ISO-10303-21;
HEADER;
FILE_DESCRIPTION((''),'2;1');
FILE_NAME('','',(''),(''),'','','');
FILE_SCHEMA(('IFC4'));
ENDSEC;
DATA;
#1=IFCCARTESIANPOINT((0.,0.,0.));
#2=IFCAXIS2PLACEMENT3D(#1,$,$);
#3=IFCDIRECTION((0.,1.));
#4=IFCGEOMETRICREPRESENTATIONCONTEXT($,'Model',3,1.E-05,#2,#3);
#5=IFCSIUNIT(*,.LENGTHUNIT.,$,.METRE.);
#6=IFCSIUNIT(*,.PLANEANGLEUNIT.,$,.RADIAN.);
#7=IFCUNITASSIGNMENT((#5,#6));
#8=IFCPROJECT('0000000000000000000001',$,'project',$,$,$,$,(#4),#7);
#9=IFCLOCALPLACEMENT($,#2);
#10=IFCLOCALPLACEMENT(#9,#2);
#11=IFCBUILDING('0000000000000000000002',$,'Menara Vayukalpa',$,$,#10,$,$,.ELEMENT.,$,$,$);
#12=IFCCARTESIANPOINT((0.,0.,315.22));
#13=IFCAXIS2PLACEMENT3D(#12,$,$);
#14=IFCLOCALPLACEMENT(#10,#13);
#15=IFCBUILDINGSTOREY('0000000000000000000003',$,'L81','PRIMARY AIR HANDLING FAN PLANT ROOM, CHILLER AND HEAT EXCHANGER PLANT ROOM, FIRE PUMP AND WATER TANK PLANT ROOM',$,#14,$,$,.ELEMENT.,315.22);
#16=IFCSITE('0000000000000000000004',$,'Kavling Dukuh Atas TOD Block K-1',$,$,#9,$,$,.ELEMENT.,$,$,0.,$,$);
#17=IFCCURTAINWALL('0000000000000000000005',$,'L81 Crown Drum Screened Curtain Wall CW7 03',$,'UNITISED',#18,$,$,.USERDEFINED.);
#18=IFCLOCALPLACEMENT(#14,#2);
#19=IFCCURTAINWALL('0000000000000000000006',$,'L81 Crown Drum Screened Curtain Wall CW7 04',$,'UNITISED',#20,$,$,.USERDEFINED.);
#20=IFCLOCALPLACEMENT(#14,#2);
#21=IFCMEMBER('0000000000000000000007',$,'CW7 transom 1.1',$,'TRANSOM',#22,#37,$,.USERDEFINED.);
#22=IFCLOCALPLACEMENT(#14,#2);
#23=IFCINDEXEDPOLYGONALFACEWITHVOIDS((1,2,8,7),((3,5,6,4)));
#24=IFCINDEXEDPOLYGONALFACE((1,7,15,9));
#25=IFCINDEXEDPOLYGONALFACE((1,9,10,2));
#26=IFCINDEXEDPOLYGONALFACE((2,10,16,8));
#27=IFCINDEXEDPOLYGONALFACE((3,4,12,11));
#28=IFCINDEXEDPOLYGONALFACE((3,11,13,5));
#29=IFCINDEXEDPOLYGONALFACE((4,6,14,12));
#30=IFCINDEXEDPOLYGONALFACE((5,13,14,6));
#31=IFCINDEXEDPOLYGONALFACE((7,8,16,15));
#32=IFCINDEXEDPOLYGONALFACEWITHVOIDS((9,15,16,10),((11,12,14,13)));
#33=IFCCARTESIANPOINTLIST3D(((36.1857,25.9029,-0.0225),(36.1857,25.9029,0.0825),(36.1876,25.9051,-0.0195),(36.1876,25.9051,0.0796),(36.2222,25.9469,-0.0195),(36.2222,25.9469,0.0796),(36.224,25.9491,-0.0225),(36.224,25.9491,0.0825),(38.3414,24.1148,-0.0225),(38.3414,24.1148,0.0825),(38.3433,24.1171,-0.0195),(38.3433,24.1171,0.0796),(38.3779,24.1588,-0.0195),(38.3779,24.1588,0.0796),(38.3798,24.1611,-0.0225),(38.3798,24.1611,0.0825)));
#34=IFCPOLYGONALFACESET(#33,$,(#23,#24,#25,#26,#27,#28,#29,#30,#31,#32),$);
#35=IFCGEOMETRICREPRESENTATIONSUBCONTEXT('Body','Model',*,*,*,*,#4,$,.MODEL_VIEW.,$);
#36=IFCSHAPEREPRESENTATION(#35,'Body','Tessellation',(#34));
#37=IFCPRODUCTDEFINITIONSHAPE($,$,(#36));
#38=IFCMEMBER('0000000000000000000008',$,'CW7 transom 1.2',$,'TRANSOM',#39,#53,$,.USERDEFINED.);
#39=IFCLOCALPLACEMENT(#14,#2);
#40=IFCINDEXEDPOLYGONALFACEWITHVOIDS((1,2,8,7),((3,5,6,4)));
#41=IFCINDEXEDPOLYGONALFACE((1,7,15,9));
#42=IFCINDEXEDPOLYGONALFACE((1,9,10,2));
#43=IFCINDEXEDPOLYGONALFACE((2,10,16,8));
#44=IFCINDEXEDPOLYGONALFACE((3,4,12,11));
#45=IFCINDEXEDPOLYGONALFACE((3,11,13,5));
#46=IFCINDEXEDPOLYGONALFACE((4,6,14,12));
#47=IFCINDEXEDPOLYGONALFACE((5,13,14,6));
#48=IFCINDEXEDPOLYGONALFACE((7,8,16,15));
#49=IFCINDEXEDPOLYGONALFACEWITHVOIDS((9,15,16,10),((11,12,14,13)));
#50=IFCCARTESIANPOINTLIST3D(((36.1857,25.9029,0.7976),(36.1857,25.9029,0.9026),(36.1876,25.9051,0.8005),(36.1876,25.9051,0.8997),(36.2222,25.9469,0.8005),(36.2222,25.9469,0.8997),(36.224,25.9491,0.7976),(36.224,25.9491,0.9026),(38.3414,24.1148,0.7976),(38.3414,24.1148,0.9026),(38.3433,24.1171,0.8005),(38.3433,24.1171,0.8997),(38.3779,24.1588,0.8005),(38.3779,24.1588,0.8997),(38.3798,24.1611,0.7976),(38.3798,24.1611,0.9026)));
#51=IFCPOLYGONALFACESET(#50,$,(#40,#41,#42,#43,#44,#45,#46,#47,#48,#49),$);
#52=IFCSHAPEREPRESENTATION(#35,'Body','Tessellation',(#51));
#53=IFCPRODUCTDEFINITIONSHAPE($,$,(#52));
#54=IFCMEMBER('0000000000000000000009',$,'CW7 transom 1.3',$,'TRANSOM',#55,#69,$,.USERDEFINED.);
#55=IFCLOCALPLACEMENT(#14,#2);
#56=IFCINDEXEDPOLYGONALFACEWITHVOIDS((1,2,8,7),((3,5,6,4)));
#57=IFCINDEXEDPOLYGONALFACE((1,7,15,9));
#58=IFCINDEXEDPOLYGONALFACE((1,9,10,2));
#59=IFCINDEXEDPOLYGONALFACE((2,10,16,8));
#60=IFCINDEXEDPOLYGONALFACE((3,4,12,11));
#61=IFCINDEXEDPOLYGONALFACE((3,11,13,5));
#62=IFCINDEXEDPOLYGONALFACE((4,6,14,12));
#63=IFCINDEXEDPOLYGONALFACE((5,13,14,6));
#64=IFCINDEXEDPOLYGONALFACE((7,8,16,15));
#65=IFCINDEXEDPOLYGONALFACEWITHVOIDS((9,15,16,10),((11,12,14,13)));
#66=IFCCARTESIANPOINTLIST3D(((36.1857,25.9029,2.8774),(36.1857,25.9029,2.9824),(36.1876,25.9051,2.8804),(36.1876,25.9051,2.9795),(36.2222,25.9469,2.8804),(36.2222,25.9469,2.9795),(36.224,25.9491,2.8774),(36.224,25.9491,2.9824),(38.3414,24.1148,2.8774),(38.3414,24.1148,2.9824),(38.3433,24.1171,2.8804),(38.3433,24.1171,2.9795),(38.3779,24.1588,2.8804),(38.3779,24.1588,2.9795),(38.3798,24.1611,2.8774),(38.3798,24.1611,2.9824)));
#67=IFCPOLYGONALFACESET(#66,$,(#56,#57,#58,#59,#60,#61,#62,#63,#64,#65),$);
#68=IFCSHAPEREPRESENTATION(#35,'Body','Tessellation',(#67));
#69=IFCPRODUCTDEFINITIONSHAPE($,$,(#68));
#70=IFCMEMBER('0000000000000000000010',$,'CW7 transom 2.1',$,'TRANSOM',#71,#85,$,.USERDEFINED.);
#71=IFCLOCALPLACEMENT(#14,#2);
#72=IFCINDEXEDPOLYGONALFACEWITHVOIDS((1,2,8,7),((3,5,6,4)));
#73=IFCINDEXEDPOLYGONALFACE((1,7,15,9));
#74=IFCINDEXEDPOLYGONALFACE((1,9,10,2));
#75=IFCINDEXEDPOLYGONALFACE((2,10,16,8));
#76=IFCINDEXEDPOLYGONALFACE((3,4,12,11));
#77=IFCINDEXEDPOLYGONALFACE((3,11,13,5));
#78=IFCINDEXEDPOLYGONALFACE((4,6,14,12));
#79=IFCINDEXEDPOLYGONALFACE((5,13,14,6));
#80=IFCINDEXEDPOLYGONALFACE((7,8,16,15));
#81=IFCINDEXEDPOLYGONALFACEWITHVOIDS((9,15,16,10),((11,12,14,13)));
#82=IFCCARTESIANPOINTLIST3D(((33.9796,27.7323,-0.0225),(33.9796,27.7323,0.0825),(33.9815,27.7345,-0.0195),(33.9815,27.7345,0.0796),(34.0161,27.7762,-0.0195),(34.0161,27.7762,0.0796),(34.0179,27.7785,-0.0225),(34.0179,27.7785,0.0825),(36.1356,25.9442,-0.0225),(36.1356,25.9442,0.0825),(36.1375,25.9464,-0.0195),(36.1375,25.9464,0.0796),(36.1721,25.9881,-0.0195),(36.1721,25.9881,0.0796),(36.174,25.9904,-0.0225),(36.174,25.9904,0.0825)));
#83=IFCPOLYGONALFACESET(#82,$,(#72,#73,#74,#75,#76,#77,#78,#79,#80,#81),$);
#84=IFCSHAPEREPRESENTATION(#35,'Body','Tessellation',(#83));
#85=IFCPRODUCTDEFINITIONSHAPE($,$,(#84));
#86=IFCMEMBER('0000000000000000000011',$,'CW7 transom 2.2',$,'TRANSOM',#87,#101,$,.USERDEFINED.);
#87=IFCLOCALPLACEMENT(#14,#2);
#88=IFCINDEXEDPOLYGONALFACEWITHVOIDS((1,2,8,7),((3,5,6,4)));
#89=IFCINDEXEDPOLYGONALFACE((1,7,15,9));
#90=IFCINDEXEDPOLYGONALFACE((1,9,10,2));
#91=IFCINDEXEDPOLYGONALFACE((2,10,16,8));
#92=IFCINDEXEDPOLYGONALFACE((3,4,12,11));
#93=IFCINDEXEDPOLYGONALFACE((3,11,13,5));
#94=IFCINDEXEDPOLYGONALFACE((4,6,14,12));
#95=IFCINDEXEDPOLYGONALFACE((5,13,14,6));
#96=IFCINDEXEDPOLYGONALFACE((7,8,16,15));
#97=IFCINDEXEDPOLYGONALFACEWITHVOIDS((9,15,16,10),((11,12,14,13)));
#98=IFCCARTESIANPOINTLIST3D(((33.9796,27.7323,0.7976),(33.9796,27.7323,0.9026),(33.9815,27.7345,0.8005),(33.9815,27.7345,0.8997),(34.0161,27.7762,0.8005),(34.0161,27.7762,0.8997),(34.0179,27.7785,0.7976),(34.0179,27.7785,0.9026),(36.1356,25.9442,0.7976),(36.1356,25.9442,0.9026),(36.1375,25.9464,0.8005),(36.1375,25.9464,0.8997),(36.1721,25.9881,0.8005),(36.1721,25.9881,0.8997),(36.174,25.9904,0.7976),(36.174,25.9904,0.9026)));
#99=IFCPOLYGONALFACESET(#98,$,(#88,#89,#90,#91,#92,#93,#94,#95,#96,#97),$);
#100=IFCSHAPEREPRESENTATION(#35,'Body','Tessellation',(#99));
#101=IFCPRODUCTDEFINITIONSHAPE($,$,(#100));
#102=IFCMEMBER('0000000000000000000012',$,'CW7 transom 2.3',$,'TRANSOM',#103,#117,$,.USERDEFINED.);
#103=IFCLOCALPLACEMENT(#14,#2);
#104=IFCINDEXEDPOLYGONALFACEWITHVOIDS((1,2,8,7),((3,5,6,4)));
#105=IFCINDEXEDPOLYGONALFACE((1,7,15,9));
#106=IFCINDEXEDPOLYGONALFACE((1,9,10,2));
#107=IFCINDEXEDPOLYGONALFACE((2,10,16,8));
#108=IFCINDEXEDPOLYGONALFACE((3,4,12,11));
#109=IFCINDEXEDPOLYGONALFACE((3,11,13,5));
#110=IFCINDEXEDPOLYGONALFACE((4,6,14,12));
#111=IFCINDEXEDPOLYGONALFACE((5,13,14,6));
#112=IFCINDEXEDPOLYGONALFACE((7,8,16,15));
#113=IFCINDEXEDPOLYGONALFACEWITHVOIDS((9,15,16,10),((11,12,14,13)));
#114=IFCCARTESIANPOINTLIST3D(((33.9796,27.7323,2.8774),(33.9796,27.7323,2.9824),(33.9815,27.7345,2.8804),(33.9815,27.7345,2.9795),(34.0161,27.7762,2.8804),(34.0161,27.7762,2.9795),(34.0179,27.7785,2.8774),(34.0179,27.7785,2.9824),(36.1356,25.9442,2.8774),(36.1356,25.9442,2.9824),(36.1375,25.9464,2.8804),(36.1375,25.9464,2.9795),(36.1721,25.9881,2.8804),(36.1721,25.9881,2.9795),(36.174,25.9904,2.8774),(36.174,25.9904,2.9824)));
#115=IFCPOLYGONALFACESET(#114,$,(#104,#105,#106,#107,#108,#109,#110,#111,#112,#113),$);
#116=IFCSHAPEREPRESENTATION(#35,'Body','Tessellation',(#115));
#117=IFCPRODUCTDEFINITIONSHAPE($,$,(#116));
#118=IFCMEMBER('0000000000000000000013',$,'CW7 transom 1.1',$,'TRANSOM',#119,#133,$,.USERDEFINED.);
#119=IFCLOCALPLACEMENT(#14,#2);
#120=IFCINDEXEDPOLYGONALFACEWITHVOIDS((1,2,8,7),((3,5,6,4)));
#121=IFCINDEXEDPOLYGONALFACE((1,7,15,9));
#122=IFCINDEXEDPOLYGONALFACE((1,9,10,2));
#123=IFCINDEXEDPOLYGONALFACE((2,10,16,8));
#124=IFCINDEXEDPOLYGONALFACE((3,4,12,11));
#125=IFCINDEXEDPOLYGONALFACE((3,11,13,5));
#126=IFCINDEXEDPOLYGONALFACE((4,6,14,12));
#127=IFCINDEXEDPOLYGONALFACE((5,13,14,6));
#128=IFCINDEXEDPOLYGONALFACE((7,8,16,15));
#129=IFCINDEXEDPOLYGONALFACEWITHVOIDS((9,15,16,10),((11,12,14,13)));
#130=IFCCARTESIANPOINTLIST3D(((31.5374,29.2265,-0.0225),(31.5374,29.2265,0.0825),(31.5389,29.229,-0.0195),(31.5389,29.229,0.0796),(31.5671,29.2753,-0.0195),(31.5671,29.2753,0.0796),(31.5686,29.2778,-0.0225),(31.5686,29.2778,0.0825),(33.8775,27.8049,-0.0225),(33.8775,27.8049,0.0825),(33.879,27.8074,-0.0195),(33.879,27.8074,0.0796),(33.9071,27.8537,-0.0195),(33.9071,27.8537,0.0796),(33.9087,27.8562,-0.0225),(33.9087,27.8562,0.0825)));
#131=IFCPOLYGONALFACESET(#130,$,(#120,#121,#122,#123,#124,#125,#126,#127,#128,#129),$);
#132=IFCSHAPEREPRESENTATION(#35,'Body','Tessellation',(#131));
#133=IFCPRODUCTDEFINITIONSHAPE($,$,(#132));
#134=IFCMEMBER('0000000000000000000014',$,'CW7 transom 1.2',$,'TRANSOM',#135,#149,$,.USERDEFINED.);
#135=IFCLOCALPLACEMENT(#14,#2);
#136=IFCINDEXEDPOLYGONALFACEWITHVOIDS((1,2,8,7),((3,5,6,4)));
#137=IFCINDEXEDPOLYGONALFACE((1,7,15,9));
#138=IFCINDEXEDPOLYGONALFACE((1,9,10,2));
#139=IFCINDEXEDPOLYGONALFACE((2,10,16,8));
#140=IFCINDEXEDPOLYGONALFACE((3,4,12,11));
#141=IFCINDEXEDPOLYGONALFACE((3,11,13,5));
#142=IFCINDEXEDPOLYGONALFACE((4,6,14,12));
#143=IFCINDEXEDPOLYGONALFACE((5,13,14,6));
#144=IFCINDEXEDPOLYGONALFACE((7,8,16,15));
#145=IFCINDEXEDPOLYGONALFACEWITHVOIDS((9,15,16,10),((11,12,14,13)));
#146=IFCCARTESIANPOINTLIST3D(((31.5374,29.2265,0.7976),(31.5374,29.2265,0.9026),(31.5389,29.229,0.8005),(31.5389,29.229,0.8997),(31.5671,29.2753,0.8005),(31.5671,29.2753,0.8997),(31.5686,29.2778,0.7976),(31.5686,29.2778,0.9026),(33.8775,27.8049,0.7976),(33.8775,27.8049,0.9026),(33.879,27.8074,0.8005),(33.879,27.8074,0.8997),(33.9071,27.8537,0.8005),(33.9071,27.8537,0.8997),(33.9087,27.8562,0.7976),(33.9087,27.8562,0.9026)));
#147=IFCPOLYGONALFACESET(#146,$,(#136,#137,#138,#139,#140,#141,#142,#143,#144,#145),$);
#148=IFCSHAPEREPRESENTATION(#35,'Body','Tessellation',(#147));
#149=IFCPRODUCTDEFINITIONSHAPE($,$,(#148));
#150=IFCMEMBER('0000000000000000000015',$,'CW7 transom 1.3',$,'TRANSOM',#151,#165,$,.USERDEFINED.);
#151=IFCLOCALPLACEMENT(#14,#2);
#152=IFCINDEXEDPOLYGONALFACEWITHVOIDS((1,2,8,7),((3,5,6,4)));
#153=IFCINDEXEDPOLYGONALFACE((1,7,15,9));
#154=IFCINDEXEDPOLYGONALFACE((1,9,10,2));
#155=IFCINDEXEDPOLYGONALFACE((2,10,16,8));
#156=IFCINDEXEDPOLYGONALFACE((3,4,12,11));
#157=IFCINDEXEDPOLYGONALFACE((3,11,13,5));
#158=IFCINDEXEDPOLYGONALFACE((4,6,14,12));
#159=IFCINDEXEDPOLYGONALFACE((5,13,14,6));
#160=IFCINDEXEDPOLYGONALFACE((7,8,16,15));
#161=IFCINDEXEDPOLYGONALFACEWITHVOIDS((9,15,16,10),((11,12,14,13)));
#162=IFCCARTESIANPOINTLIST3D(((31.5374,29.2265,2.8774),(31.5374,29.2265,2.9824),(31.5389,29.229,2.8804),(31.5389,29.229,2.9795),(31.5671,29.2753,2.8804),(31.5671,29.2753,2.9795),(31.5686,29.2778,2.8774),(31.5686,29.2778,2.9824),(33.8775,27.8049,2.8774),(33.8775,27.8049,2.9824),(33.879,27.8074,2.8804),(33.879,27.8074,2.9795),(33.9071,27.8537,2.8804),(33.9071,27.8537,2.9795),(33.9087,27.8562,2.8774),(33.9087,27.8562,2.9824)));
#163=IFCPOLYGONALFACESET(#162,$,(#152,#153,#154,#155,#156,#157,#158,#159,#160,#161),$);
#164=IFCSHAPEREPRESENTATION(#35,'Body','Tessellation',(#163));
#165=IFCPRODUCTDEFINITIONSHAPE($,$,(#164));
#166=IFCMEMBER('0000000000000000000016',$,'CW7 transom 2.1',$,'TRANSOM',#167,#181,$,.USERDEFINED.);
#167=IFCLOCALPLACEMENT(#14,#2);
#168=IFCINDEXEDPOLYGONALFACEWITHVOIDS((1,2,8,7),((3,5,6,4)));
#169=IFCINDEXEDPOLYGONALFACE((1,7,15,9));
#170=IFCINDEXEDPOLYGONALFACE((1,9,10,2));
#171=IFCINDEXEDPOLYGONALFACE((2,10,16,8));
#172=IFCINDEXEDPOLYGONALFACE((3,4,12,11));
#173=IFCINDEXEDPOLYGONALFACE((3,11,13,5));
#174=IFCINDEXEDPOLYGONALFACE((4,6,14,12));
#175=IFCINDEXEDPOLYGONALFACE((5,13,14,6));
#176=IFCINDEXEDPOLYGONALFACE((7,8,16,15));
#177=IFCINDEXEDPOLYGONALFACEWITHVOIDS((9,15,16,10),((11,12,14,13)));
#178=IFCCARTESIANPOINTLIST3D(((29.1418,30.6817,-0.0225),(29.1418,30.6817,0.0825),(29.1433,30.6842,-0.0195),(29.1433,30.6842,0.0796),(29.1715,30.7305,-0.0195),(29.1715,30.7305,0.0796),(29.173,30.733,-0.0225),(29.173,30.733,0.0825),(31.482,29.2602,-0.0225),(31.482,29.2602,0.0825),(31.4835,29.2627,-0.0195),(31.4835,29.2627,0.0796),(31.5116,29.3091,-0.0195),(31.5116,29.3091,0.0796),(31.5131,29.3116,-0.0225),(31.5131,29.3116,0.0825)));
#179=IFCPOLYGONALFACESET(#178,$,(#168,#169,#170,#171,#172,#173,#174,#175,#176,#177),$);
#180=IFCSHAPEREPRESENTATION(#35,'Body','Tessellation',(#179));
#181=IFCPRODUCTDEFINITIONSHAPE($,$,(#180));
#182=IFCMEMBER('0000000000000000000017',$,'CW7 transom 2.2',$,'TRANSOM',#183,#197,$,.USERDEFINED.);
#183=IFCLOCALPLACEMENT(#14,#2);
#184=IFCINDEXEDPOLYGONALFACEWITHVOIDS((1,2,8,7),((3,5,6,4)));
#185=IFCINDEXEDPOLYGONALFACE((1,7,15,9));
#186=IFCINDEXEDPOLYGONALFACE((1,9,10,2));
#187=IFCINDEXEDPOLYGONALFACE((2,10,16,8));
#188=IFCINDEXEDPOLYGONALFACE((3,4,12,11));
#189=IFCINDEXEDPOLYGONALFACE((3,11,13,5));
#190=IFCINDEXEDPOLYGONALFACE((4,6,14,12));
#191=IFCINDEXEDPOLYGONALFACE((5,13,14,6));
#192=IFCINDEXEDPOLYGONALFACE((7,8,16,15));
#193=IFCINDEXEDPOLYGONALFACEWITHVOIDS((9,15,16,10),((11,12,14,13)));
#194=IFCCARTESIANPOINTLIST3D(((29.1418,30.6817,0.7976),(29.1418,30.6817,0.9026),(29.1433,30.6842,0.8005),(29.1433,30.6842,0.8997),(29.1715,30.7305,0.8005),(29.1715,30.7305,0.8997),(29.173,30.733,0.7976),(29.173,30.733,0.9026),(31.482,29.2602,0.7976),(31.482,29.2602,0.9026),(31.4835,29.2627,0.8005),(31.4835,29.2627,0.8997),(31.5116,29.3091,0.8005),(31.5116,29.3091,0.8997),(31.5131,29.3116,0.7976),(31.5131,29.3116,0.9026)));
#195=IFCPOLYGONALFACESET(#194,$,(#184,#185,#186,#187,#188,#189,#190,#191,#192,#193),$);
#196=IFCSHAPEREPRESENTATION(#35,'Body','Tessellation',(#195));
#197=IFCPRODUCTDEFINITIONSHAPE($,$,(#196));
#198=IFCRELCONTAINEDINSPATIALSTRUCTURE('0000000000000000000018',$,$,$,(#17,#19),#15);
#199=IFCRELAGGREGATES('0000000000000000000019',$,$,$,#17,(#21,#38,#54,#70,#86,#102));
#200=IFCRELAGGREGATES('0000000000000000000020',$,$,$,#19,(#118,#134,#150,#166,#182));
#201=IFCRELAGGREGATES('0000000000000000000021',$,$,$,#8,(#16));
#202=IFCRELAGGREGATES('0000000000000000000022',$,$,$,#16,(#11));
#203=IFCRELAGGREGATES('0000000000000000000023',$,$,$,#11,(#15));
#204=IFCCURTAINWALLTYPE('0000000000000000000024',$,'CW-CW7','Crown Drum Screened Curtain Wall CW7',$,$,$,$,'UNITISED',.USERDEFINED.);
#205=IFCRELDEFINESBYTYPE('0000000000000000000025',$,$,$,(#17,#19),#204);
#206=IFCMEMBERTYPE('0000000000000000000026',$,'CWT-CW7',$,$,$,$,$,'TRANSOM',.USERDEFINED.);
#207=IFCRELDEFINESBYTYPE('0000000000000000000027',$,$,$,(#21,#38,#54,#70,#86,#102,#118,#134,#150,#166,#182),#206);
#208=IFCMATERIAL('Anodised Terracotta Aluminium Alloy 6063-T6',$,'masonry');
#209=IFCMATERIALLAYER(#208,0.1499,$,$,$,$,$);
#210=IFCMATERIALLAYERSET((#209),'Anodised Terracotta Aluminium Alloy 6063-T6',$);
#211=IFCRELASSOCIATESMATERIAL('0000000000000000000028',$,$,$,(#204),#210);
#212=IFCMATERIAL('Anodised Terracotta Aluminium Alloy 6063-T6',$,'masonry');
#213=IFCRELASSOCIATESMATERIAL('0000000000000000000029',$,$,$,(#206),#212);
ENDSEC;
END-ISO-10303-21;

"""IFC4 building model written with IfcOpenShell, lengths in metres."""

from ifc_helpers import new_model, si_unit, direction, frame, origin, origin_2d, place, context, subcontext, project, spatial, hollow_rectangle, extrude, material, layer, layer_set, material_profile, profile_set, type_object, element, aggregate, save


model = new_model("IFC4")

# Units and contexts
model_context = context("Model", 3, precision=1e-05, world=origin(), true_north=direction((0.0, 1.0)))
body_context = subcontext(model_context, "Body", "Model", "MODEL_VIEW")
ifc_project = project(units=[si_unit("LENGTHUNIT", "METRE"), si_unit("PLANEANGLEUNIT", "RADIAN")], contexts=[model_context])

# Site, building, storey
site_placement = place(None, origin())
site = spatial("IfcSite", under=ifc_project, at=site_placement, Name="Kavling Dukuh Atas TOD Block K-1", CompositionType="ELEMENT", RefElevation=0.0)
building_placement = place(site_placement, origin())
building = spatial("IfcBuilding", under=site, at=building_placement, Name="Menara Vayukalpa", CompositionType="ELEMENT")
storey_placement = place(building_placement, frame((0.0, 0.0, 315.22)))
storey = spatial("IfcBuildingStorey", under=building, at=storey_placement, Name="L81", Description="PRIMARY AIR HANDLING FAN PLANT ROOM, CHILLER AND HEAT EXCHANGER PLANT ROOM, FIRE PUMP AND WATER TANK PLANT ROOM", CompositionType="ELEMENT", Elevation=315.22)

# Curtain walls
ifc_material_1 = material(Name="Anodised Terracotta Aluminium Alloy 6063-T6", Category="masonry")
ifc_layer_1 = layer(ifc_material_1, 0.1499)
ifc_layer_set_1 = layer_set([ifc_layer_1], Name="Anodised Terracotta Aluminium Alloy 6063-T6")
curtain_wall_type = type_object("IfcCurtainWallType", Name="CW-CW7", Description="Crown Drum Screened Curtain Wall CW7", ElementType="UNITISED", PredefinedType="USERDEFINED", material=ifc_layer_set_1)
curtain_wall_1_placement = place(storey_placement, origin())
curtain_wall_1 = element("IfcCurtainWall", 1, at=curtain_wall_1_placement, inside=storey, type_object=curtain_wall_type, Name="L81 Crown Drum Screened Curtain Wall CW7 03", ObjectType="UNITISED", PredefinedType="USERDEFINED")
curtain_wall_2_placement = place(storey_placement, origin())
curtain_wall_2 = element("IfcCurtainWall", 2, at=curtain_wall_2_placement, inside=storey, type_object=curtain_wall_type, Name="L81 Crown Drum Screened Curtain Wall CW7 04", ObjectType="UNITISED", PredefinedType="USERDEFINED")

# Members
ifc_material_2 = material(Name="Anodised Terracotta Aluminium Alloy 6063-T6", Category="masonry")
ifc_material_profile_1 = material_profile(ifc_material_2, hollow_rectangle(XDim=0.0601, YDim=0.105, WallThickness=0.0029, at=origin_2d()), Name="ALU 60x105x3")
ifc_profile_set_1 = profile_set([ifc_material_profile_1], Name="Anodised Terracotta Aluminium Alloy 6063-T6")
member_type_1 = type_object("IfcMemberType", Name="CWT-CW7", ElementType="TRANSOM", PredefinedType="USERDEFINED", material=ifc_profile_set_1)
member_1_placement = place(storey_placement, frame((38.3606, 24.1379, 0.03), z_axis=(-0.769691, 0.638416, 0.0), x_axis=(-0.638416, -0.769691, 0.0)))
member_1 = element("IfcMember", 3, at=member_1_placement, type_object=member_type_1, Name="CW7 transom 1.1", ObjectType="TRANSOM", PredefinedType="USERDEFINED", context=body_context, shape_type="SweptSolid", body=[
    extrude(hollow_rectangle(XDim=0.0601, YDim=0.105, WallThickness=0.0029, at=origin_2d()), origin(), (0.0, 0.0, 1.0), 2.8008),
])
member_2_placement = place(storey_placement, frame((38.3606, 24.1379, 0.8501), z_axis=(-0.769691, 0.638416, 0.0), x_axis=(-0.638416, -0.769691, 0.0)))
member_2 = element("IfcMember", 4, at=member_2_placement, type_object=member_type_1, Name="CW7 transom 1.2", ObjectType="TRANSOM", PredefinedType="USERDEFINED", context=body_context, shape_type="SweptSolid", body=[
    extrude(hollow_rectangle(XDim=0.0601, YDim=0.105, WallThickness=0.0029, at=origin_2d()), origin(), (0.0, 0.0, 1.0), 2.8008),
])
member_3_placement = place(storey_placement, frame((38.3606, 24.1379, 2.9299), z_axis=(-0.769691, 0.638416, 0.0), x_axis=(-0.638416, -0.769691, 0.0)))
member_3 = element("IfcMember", 5, at=member_3_placement, type_object=member_type_1, Name="CW7 transom 1.3", ObjectType="TRANSOM", PredefinedType="USERDEFINED", context=body_context, shape_type="SweptSolid", body=[
    extrude(hollow_rectangle(XDim=0.0601, YDim=0.105, WallThickness=0.0029, at=origin_2d()), origin(), (0.0, 0.0, 1.0), 2.8008),
])
member_4_placement = place(storey_placement, frame((36.1548, 25.9673, 0.03), z_axis=(-0.769727, 0.638374, 0.0), x_axis=(-0.638374, -0.769727, 0.0)))
member_4 = element("IfcMember", 6, at=member_4_placement, type_object=member_type_1, Name="CW7 transom 2.1", ObjectType="TRANSOM", PredefinedType="USERDEFINED", context=body_context, shape_type="SweptSolid", body=[
    extrude(hollow_rectangle(XDim=0.0601, YDim=0.105, WallThickness=0.0029, at=origin_2d()), origin(), (0.0, 0.0, 1.0), 2.801),
])
member_5_placement = place(storey_placement, frame((36.1548, 25.9673, 0.8501), z_axis=(-0.769727, 0.638374, 0.0), x_axis=(-0.638374, -0.769727, 0.0)))
member_5 = element("IfcMember", 7, at=member_5_placement, type_object=member_type_1, Name="CW7 transom 2.2", ObjectType="TRANSOM", PredefinedType="USERDEFINED", context=body_context, shape_type="SweptSolid", body=[
    extrude(hollow_rectangle(XDim=0.0601, YDim=0.105, WallThickness=0.0029, at=origin_2d()), origin(), (0.0, 0.0, 1.0), 2.801),
])
member_6_placement = place(storey_placement, frame((36.1548, 25.9673, 2.9299), z_axis=(-0.769727, 0.638374, 0.0), x_axis=(-0.638374, -0.769727, 0.0)))
member_6 = element("IfcMember", 8, at=member_6_placement, type_object=member_type_1, Name="CW7 transom 2.3", ObjectType="TRANSOM", PredefinedType="USERDEFINED", context=body_context, shape_type="SweptSolid", body=[
    extrude(hollow_rectangle(XDim=0.0601, YDim=0.105, WallThickness=0.0029, at=origin_2d()), origin(), (0.0, 0.0, 1.0), 2.801),
])
member_7_placement = place(storey_placement, frame((33.8931, 27.8306, 0.03), z_axis=(-0.854648, 0.519208, 0.0), x_axis=(-0.519208, -0.854648, 0.0)))
member_7 = element("IfcMember", 9, at=member_7_placement, type_object=member_type_1, Name="CW7 transom 1.1", ObjectType="TRANSOM", PredefinedType="USERDEFINED", context=body_context, shape_type="SweptSolid", body=[
    extrude(hollow_rectangle(XDim=0.0601, YDim=0.105, WallThickness=0.0029, at=origin_2d()), origin(), (0.0, 0.0, 1.0), 2.738),
])
member_8_placement = place(storey_placement, frame((33.8931, 27.8306, 0.8501), z_axis=(-0.854648, 0.519208, 0.0), x_axis=(-0.519208, -0.854648, 0.0)))
member_8 = element("IfcMember", 10, at=member_8_placement, type_object=member_type_1, Name="CW7 transom 1.2", ObjectType="TRANSOM", PredefinedType="USERDEFINED", context=body_context, shape_type="SweptSolid", body=[
    extrude(hollow_rectangle(XDim=0.0601, YDim=0.105, WallThickness=0.0029, at=origin_2d()), origin(), (0.0, 0.0, 1.0), 2.738),
])
member_9_placement = place(storey_placement, frame((33.8931, 27.8306, 2.9299), z_axis=(-0.854648, 0.519208, 0.0), x_axis=(-0.519208, -0.854648, 0.0)))
member_9 = element("IfcMember", 11, at=member_9_placement, type_object=member_type_1, Name="CW7 transom 1.3", ObjectType="TRANSOM", PredefinedType="USERDEFINED", context=body_context, shape_type="SweptSolid", body=[
    extrude(hollow_rectangle(XDim=0.0601, YDim=0.105, WallThickness=0.0029, at=origin_2d()), origin(), (0.0, 0.0, 1.0), 2.738),
])
member_10_placement = place(storey_placement, frame((31.4976, 29.2859, 0.03), z_axis=(-0.854687, 0.519143, 0.0), x_axis=(-0.519143, -0.854687, 0.0)))
member_10 = element("IfcMember", 12, at=member_10_placement, type_object=member_type_1, Name="CW7 transom 2.1", ObjectType="TRANSOM", PredefinedType="USERDEFINED", context=body_context, shape_type="SweptSolid", body=[
    extrude(hollow_rectangle(XDim=0.0601, YDim=0.105, WallThickness=0.0029, at=origin_2d()), origin(), (0.0, 0.0, 1.0), 2.738),
])
member_11_placement = place(storey_placement, frame((31.4976, 29.2859, 0.8501), z_axis=(-0.854687, 0.519143, 0.0), x_axis=(-0.519143, -0.854687, 0.0)))
member_11 = element("IfcMember", 13, at=member_11_placement, type_object=member_type_1, Name="CW7 transom 2.2", ObjectType="TRANSOM", PredefinedType="USERDEFINED", context=body_context, shape_type="SweptSolid", body=[
    extrude(hollow_rectangle(XDim=0.0601, YDim=0.105, WallThickness=0.0029, at=origin_2d()), origin(), (0.0, 0.0, 1.0), 2.738),
])

aggregate(curtain_wall_1, [member_1, member_2, member_3, member_4, member_5, member_6])
aggregate(curtain_wall_2, [member_7, member_8, member_9, member_10, member_11])

save(model, "model.ifc")
